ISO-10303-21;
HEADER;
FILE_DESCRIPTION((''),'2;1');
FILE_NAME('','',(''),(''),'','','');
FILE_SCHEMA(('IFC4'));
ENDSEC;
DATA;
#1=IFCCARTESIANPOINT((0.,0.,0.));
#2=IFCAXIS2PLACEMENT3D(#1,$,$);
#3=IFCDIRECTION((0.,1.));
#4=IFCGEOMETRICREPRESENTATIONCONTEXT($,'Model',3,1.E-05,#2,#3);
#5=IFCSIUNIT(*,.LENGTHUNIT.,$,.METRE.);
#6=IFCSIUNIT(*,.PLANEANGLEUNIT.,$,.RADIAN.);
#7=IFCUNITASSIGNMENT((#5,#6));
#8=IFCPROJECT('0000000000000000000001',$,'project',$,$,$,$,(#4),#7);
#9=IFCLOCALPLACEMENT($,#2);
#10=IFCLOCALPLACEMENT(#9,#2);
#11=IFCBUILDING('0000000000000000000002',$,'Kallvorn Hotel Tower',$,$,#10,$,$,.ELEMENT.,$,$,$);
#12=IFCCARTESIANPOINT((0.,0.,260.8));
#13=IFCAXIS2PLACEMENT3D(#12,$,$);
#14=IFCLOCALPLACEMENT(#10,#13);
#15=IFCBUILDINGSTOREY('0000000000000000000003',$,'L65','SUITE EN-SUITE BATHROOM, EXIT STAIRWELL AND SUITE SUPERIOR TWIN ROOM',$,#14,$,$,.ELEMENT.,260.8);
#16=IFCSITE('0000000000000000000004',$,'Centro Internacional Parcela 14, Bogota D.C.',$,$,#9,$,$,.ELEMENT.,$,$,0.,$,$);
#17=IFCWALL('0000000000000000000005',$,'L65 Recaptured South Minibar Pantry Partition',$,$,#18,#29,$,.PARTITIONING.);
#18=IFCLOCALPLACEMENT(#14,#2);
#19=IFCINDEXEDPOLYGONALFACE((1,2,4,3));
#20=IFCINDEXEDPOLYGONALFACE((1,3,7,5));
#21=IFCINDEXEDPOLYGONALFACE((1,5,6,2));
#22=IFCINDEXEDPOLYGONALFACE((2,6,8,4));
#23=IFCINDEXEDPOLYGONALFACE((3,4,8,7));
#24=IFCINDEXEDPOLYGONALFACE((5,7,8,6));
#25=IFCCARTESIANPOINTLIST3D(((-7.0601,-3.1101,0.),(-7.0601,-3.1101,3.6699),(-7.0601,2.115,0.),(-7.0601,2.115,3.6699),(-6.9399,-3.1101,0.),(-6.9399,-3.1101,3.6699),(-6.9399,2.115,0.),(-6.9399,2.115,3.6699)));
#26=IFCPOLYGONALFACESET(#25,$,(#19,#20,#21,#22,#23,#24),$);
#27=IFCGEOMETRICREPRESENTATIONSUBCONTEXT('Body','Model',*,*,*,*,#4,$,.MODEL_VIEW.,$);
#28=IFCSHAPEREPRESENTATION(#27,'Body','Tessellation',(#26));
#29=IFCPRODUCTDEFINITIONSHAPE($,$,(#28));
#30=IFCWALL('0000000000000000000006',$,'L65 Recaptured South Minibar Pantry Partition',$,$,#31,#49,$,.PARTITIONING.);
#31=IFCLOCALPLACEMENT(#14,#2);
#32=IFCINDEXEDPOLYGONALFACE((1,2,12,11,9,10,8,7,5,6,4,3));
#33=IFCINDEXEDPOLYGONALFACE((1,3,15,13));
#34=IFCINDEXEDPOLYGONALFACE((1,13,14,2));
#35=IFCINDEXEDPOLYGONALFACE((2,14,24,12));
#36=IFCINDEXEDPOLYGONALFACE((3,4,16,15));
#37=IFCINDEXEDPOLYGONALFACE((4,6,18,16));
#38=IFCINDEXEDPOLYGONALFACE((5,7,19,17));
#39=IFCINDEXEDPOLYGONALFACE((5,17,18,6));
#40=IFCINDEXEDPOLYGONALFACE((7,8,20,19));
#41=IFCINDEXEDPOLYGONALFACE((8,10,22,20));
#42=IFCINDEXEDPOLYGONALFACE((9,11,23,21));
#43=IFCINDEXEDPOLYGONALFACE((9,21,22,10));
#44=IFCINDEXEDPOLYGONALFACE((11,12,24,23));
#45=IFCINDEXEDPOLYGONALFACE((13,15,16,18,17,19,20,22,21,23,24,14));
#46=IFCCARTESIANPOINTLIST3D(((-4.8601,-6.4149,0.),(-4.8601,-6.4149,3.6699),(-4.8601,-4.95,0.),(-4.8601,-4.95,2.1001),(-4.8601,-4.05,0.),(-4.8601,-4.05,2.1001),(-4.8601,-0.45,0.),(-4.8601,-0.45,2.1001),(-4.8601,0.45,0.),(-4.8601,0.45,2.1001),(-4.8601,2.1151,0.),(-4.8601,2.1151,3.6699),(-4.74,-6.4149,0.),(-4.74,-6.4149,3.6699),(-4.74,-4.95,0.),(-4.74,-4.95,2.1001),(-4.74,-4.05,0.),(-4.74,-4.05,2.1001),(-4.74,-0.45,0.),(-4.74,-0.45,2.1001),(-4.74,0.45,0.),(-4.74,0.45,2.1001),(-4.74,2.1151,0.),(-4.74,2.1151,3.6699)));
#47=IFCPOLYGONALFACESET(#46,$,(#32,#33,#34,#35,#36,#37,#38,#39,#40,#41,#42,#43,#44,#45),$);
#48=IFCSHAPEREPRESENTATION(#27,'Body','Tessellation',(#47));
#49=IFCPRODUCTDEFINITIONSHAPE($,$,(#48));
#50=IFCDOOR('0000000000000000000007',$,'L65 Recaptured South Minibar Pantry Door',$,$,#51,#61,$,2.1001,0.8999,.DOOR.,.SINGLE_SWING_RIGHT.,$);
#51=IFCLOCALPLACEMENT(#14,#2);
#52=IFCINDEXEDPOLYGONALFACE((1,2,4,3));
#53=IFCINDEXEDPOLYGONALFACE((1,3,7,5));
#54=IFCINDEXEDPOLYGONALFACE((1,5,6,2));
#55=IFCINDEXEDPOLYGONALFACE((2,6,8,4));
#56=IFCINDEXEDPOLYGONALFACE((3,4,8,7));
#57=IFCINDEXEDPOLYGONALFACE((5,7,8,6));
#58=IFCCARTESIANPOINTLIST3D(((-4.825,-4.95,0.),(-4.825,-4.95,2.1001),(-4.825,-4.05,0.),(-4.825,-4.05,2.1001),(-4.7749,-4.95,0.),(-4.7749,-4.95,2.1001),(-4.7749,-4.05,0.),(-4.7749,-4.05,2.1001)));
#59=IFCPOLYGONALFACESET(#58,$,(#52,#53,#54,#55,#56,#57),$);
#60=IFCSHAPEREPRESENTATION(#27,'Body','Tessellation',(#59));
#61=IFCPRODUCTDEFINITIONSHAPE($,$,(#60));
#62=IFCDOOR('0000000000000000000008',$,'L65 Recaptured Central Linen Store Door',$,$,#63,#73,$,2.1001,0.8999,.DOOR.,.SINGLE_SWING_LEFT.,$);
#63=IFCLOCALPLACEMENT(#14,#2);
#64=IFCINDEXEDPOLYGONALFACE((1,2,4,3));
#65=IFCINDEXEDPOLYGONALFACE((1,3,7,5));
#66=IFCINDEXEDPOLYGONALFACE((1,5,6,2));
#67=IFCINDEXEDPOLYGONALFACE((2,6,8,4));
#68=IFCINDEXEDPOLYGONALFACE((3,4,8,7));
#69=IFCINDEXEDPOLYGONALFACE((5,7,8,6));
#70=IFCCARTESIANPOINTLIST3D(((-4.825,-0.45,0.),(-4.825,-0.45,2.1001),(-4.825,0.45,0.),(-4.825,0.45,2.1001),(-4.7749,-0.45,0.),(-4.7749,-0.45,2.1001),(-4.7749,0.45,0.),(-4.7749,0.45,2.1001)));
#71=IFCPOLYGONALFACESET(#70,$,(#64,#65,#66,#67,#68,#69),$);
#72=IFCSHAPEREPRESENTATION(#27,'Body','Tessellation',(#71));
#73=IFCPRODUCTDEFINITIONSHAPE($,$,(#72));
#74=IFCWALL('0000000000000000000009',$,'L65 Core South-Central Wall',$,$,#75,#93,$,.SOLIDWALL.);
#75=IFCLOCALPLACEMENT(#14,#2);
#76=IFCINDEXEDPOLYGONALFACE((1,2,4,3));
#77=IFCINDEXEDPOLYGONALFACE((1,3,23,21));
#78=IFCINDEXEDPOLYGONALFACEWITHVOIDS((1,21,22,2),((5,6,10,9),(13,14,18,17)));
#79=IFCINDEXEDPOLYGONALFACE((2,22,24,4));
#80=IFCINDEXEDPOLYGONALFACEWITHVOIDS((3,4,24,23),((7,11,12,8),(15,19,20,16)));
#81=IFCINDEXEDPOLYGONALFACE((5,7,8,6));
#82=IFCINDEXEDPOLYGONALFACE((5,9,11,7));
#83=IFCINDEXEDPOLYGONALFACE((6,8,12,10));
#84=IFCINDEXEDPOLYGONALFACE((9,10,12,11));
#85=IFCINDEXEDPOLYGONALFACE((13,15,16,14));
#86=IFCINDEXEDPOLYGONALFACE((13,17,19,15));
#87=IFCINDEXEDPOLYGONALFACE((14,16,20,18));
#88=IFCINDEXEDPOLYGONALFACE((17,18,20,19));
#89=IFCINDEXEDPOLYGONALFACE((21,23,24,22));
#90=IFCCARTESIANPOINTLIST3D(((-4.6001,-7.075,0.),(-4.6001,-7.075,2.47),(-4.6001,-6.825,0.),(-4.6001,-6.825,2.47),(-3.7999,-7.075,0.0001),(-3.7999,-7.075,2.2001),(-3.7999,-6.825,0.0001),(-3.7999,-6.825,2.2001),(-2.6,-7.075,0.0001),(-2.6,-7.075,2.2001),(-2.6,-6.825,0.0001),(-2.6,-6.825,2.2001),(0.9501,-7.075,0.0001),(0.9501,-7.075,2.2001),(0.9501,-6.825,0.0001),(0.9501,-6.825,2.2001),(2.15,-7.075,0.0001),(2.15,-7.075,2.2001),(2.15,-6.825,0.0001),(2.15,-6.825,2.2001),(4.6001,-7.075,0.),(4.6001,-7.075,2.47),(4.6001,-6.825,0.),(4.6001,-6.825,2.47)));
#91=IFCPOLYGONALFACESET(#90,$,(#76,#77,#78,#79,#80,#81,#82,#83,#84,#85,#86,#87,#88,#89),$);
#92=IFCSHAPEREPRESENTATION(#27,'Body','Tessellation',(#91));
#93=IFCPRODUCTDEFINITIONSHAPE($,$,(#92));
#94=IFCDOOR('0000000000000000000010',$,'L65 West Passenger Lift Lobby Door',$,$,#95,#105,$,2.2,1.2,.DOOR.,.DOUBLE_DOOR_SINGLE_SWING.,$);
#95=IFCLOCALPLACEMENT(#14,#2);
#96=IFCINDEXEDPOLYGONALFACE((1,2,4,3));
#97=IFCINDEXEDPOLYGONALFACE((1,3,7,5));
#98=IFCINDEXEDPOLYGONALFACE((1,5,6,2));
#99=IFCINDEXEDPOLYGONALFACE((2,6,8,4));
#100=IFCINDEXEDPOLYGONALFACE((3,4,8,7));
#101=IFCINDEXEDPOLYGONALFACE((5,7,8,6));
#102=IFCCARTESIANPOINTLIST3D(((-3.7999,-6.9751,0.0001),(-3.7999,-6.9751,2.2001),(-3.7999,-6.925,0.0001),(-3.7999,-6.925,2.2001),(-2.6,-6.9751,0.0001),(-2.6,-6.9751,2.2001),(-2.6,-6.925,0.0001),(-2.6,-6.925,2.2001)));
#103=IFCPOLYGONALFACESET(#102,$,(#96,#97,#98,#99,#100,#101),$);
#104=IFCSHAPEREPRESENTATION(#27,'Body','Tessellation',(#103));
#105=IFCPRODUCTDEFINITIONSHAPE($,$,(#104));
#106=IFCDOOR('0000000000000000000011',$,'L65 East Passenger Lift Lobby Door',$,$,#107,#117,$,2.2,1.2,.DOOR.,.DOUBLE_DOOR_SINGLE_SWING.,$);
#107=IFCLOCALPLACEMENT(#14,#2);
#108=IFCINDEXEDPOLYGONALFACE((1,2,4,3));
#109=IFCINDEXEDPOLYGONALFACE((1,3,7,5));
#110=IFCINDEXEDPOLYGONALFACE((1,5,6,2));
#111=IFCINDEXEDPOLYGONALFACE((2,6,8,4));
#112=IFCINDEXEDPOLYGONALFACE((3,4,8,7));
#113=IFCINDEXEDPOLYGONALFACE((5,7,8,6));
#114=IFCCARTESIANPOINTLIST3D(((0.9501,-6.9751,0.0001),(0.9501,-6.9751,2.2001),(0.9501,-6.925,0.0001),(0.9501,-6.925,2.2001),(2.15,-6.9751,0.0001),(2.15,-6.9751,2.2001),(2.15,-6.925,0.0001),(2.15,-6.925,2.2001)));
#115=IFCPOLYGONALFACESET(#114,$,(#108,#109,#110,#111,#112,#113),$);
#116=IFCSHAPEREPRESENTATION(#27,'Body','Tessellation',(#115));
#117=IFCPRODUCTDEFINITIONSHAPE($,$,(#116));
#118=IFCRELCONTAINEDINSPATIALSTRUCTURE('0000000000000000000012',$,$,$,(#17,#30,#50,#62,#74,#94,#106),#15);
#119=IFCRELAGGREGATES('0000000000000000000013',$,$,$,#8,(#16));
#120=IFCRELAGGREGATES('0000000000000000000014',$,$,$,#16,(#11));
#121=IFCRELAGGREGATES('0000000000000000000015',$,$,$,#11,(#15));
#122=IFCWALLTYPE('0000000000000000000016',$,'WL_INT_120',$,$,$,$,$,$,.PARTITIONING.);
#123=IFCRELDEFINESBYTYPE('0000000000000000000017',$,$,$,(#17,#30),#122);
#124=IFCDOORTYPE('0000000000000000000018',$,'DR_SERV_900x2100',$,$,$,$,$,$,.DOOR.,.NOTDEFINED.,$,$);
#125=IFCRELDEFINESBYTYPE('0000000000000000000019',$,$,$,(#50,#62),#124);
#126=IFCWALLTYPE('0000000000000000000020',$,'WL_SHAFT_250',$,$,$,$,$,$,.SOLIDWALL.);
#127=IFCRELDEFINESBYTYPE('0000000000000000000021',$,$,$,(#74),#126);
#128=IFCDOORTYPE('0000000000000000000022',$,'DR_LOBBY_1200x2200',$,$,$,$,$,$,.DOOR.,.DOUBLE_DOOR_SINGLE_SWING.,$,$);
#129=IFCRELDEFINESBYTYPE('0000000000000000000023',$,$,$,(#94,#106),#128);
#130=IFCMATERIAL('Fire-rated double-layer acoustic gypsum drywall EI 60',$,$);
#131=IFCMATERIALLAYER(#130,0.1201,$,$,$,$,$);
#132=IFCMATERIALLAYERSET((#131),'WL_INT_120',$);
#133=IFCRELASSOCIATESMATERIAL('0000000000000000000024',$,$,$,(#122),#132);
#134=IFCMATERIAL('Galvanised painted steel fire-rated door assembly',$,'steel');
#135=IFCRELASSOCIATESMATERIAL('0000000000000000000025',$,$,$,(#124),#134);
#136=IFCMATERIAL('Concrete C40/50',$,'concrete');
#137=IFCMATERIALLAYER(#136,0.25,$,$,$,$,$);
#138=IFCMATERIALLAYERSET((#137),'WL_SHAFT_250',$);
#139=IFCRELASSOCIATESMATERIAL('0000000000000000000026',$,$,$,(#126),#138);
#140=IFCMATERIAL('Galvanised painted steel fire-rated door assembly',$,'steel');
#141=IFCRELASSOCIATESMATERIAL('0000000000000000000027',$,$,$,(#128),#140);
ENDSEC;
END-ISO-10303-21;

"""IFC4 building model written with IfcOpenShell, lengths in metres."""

from ifc_helpers import new_model, si_unit, direction, frame, frame_2d, origin, place, context, subcontext, project, spatial, rectangle, extrude, material, layer, layer_set, type_object, element, fill, save


model = new_model("IFC4")

# Units and contexts
model_context = context("Model", 3, precision=1e-05, world=origin(), true_north=direction((0.0, 1.0)))
body_context = subcontext(model_context, "Body", "Model", "MODEL_VIEW")
ifc_project = project(units=[si_unit("LENGTHUNIT", "METRE"), si_unit("PLANEANGLEUNIT", "RADIAN")], contexts=[model_context])

# Site, building, storey
site_placement = place(None, origin())
site = spatial("IfcSite", under=ifc_project, at=site_placement, Name="Centro Internacional Parcela 14, Bogota D.C.", CompositionType="ELEMENT", RefElevation=0.0)
building_placement = place(site_placement, origin())
building = spatial("IfcBuilding", under=site, at=building_placement, Name="Kallvorn Hotel Tower", CompositionType="ELEMENT")
storey_placement = place(building_placement, frame((0.0, 0.0, 260.8)))
storey = spatial("IfcBuildingStorey", under=building, at=storey_placement, Name="L65", Description="SUITE EN-SUITE BATHROOM, EXIT STAIRWELL AND SUITE SUPERIOR TWIN ROOM", CompositionType="ELEMENT", Elevation=260.8)

# Wall
ifc_material_1 = material(Name="Fire-rated double-layer acoustic gypsum drywall EI 60")
ifc_layer_1 = layer(ifc_material_1, 0.1201)
ifc_layer_set_1 = layer_set([ifc_layer_1], Name="WL_INT_120")
wall_type_1 = type_object("IfcWallType", Name="WL_INT_120", PredefinedType="PARTITIONING", material=ifc_layer_set_1)
wall_1_placement = place(storey_placement, frame((-7.0, -3.1101, 0.0), z_axis=(0.0, 0.0, 1.0), x_axis=(0.0, 1.0, 0.0)))
element("IfcWall", 1, at=wall_1_placement, inside=storey, type_object=wall_type_1, Name="L65 Recaptured South Minibar Pantry Partition", PredefinedType="PARTITIONING", context=body_context, shape_type="SweptSolid", body=[
    extrude(rectangle(XDim=5.2251, YDim=0.1201, at=frame_2d((2.6125, 0.0))), origin(), (0.0, 0.0, 1.0), 3.6699),
])

# Walls, openings, doors
wall_2_placement = place(storey_placement, frame((-4.8, -6.415, 0.0), z_axis=(0.0, 0.0, 1.0), x_axis=(0.0, 1.0, 0.0)))
wall_2 = element("IfcWall", 2, at=wall_2_placement, inside=storey, type_object=wall_type_1, Name="L65 Recaptured South Minibar Pantry Partition", PredefinedType="PARTITIONING", context=body_context, shape_type="SweptSolid", body=[
    extrude(rectangle(XDim=8.53, YDim=0.1201, at=frame_2d((4.2651, 0.0))), origin(), (0.0, 0.0, 1.0), 3.6699),
])
opening_1_placement = place(wall_2_placement, frame((1.4651, 0.0, 0.0)))
opening_1 = element("IfcOpeningElement", 3, at=opening_1_placement, cuts=wall_2, PredefinedType="OPENING", context=body_context, shape_type="SweptSolid", body=[
    extrude(rectangle(XDim=0.8999, YDim=2.1001, at=frame_2d((0.45, 1.05))), frame((0.0, 0.075, 0.0), z_axis=(0.0, -1.0, 0.0), x_axis=(1.0, 0.0, 0.0)), (0.0, 0.0, 1.0), 0.1501),
])
opening_2_placement = place(wall_2_placement, frame((5.9651, 0.0, 0.0)))
opening_2 = element("IfcOpeningElement", 4, at=opening_2_placement, cuts=wall_2, PredefinedType="OPENING", context=body_context, shape_type="SweptSolid", body=[
    extrude(rectangle(XDim=0.8999, YDim=2.1001, at=frame_2d((0.45, 1.05))), frame((0.0, 0.075, 0.0), z_axis=(0.0, -1.0, 0.0), x_axis=(1.0, 0.0, 0.0)), (0.0, 0.0, 1.0), 0.1501),
])
ifc_material_2 = material(Name="Galvanised painted steel fire-rated door assembly", Category="steel")
door_type_1 = type_object("IfcDoorType", Name="DR_SERV_900x2100", OperationType="NOTDEFINED", PredefinedType="DOOR", material=ifc_material_2)
door_1_placement = place(opening_1_placement, origin())
door_1 = element("IfcDoor", 5, at=door_1_placement, inside=storey, type_object=door_type_1, Name="L65 Recaptured South Minibar Pantry Door", OperationType="SINGLE_SWING_RIGHT", OverallHeight=2.1001, OverallWidth=0.8999, PredefinedType="DOOR", context=body_context, shape_type="SweptSolid", body=[
    extrude(rectangle(XDim=0.8999, YDim=2.1001, at=frame_2d((0.45, 1.05))), frame((0.0, 0.0249, 0.0), z_axis=(0.0, -1.0, 0.0), x_axis=(1.0, 0.0, 0.0)), (0.0, 0.0, 1.0), 0.05),
])
fill(opening_1, door_1)
door_2_placement = place(opening_2_placement, origin())
door_2 = element("IfcDoor", 6, at=door_2_placement, inside=storey, type_object=door_type_1, Name="L65 Recaptured Central Linen Store Door", OperationType="SINGLE_SWING_LEFT", OverallHeight=2.1001, OverallWidth=0.8999, PredefinedType="DOOR", context=body_context, shape_type="SweptSolid", body=[
    extrude(rectangle(XDim=0.8999, YDim=2.1001, at=frame_2d((0.45, 1.05))), frame((0.0, 0.0249, 0.0), z_axis=(0.0, -1.0, 0.0), x_axis=(1.0, 0.0, 0.0)), (0.0, 0.0, 1.0), 0.05),
])
fill(opening_2, door_2)
ifc_material_3 = material(Name="Concrete C40/50", Category="concrete")
ifc_layer_2 = layer(ifc_material_3, 0.25)
ifc_layer_set_2 = layer_set([ifc_layer_2], Name="WL_SHAFT_250")
wall_type_2 = type_object("IfcWallType", Name="WL_SHAFT_250", PredefinedType="SOLIDWALL", material=ifc_layer_set_2)
wall_3_placement = place(storey_placement, frame((-4.6001, -6.95, 0.0), z_axis=(0.0, 0.0, 1.0), x_axis=(1.0, 0.0, 0.0)))
wall_3 = element("IfcWall", 7, at=wall_3_placement, inside=storey, type_object=wall_type_2, Name="L65 Core South-Central Wall", PredefinedType="SOLIDWALL", context=body_context, shape_type="SweptSolid", body=[
    extrude(rectangle(XDim=9.2002, YDim=0.25, at=frame_2d((4.6001, 0.0))), origin(), (0.0, 0.0, 1.0), 2.47),
])
opening_3_placement = place(wall_3_placement, frame((0.8, 0.0, 0.0)))
opening_3 = element("IfcOpeningElement", 8, at=opening_3_placement, cuts=wall_3, PredefinedType="OPENING", context=body_context, shape_type="SweptSolid", body=[
    extrude(rectangle(XDim=1.2, YDim=2.2, at=frame_2d((0.6001, 1.1001))), frame((0.0, 0.1399, 0.0), z_axis=(0.0, -1.0, 0.0), x_axis=(1.0, 0.0, 0.0)), (0.0, 0.0, 1.0), 0.28),
])
opening_4_placement = place(wall_3_placement, frame((5.55, 0.0, 0.0)))
opening_4 = element("IfcOpeningElement", 9, at=opening_4_placement, cuts=wall_3, PredefinedType="OPENING", context=body_context, shape_type="SweptSolid", body=[
    extrude(rectangle(XDim=1.2, YDim=2.2, at=frame_2d((0.6001, 1.1001))), frame((0.0, 0.1399, 0.0), z_axis=(0.0, -1.0, 0.0), x_axis=(1.0, 0.0, 0.0)), (0.0, 0.0, 1.0), 0.28),
])
ifc_material_4 = material(Name="Galvanised painted steel fire-rated door assembly", Category="steel")
door_type_2 = type_object("IfcDoorType", Name="DR_LOBBY_1200x2200", OperationType="DOUBLE_DOOR_SINGLE_SWING", PredefinedType="DOOR", material=ifc_material_4)
door_3_placement = place(opening_3_placement, origin())
door_3 = element("IfcDoor", 10, at=door_3_placement, inside=storey, type_object=door_type_2, Name="L65 West Passenger Lift Lobby Door", OperationType="DOUBLE_DOOR_SINGLE_SWING", OverallHeight=2.2, OverallWidth=1.2, PredefinedType="DOOR", context=body_context, shape_type="SweptSolid", body=[
    extrude(rectangle(XDim=1.2, YDim=2.2, at=frame_2d((0.6001, 1.1001))), frame((0.0, 0.0249, 0.0), z_axis=(0.0, -1.0, 0.0), x_axis=(1.0, 0.0, 0.0)), (0.0, 0.0, 1.0), 0.05),
])
fill(opening_3, door_3)
door_4_placement = place(opening_4_placement, origin())
door_4 = element("IfcDoor", 11, at=door_4_placement, inside=storey, type_object=door_type_2, Name="L65 East Passenger Lift Lobby Door", OperationType="DOUBLE_DOOR_SINGLE_SWING", OverallHeight=2.2, OverallWidth=1.2, PredefinedType="DOOR", context=body_context, shape_type="SweptSolid", body=[
    extrude(rectangle(XDim=1.2, YDim=2.2, at=frame_2d((0.6001, 1.1001))), frame((0.0, 0.0249, 0.0), z_axis=(0.0, -1.0, 0.0), x_axis=(1.0, 0.0, 0.0)), (0.0, 0.0, 1.0), 0.05),
])
fill(opening_4, door_4)

save(model, "model.ifc")
